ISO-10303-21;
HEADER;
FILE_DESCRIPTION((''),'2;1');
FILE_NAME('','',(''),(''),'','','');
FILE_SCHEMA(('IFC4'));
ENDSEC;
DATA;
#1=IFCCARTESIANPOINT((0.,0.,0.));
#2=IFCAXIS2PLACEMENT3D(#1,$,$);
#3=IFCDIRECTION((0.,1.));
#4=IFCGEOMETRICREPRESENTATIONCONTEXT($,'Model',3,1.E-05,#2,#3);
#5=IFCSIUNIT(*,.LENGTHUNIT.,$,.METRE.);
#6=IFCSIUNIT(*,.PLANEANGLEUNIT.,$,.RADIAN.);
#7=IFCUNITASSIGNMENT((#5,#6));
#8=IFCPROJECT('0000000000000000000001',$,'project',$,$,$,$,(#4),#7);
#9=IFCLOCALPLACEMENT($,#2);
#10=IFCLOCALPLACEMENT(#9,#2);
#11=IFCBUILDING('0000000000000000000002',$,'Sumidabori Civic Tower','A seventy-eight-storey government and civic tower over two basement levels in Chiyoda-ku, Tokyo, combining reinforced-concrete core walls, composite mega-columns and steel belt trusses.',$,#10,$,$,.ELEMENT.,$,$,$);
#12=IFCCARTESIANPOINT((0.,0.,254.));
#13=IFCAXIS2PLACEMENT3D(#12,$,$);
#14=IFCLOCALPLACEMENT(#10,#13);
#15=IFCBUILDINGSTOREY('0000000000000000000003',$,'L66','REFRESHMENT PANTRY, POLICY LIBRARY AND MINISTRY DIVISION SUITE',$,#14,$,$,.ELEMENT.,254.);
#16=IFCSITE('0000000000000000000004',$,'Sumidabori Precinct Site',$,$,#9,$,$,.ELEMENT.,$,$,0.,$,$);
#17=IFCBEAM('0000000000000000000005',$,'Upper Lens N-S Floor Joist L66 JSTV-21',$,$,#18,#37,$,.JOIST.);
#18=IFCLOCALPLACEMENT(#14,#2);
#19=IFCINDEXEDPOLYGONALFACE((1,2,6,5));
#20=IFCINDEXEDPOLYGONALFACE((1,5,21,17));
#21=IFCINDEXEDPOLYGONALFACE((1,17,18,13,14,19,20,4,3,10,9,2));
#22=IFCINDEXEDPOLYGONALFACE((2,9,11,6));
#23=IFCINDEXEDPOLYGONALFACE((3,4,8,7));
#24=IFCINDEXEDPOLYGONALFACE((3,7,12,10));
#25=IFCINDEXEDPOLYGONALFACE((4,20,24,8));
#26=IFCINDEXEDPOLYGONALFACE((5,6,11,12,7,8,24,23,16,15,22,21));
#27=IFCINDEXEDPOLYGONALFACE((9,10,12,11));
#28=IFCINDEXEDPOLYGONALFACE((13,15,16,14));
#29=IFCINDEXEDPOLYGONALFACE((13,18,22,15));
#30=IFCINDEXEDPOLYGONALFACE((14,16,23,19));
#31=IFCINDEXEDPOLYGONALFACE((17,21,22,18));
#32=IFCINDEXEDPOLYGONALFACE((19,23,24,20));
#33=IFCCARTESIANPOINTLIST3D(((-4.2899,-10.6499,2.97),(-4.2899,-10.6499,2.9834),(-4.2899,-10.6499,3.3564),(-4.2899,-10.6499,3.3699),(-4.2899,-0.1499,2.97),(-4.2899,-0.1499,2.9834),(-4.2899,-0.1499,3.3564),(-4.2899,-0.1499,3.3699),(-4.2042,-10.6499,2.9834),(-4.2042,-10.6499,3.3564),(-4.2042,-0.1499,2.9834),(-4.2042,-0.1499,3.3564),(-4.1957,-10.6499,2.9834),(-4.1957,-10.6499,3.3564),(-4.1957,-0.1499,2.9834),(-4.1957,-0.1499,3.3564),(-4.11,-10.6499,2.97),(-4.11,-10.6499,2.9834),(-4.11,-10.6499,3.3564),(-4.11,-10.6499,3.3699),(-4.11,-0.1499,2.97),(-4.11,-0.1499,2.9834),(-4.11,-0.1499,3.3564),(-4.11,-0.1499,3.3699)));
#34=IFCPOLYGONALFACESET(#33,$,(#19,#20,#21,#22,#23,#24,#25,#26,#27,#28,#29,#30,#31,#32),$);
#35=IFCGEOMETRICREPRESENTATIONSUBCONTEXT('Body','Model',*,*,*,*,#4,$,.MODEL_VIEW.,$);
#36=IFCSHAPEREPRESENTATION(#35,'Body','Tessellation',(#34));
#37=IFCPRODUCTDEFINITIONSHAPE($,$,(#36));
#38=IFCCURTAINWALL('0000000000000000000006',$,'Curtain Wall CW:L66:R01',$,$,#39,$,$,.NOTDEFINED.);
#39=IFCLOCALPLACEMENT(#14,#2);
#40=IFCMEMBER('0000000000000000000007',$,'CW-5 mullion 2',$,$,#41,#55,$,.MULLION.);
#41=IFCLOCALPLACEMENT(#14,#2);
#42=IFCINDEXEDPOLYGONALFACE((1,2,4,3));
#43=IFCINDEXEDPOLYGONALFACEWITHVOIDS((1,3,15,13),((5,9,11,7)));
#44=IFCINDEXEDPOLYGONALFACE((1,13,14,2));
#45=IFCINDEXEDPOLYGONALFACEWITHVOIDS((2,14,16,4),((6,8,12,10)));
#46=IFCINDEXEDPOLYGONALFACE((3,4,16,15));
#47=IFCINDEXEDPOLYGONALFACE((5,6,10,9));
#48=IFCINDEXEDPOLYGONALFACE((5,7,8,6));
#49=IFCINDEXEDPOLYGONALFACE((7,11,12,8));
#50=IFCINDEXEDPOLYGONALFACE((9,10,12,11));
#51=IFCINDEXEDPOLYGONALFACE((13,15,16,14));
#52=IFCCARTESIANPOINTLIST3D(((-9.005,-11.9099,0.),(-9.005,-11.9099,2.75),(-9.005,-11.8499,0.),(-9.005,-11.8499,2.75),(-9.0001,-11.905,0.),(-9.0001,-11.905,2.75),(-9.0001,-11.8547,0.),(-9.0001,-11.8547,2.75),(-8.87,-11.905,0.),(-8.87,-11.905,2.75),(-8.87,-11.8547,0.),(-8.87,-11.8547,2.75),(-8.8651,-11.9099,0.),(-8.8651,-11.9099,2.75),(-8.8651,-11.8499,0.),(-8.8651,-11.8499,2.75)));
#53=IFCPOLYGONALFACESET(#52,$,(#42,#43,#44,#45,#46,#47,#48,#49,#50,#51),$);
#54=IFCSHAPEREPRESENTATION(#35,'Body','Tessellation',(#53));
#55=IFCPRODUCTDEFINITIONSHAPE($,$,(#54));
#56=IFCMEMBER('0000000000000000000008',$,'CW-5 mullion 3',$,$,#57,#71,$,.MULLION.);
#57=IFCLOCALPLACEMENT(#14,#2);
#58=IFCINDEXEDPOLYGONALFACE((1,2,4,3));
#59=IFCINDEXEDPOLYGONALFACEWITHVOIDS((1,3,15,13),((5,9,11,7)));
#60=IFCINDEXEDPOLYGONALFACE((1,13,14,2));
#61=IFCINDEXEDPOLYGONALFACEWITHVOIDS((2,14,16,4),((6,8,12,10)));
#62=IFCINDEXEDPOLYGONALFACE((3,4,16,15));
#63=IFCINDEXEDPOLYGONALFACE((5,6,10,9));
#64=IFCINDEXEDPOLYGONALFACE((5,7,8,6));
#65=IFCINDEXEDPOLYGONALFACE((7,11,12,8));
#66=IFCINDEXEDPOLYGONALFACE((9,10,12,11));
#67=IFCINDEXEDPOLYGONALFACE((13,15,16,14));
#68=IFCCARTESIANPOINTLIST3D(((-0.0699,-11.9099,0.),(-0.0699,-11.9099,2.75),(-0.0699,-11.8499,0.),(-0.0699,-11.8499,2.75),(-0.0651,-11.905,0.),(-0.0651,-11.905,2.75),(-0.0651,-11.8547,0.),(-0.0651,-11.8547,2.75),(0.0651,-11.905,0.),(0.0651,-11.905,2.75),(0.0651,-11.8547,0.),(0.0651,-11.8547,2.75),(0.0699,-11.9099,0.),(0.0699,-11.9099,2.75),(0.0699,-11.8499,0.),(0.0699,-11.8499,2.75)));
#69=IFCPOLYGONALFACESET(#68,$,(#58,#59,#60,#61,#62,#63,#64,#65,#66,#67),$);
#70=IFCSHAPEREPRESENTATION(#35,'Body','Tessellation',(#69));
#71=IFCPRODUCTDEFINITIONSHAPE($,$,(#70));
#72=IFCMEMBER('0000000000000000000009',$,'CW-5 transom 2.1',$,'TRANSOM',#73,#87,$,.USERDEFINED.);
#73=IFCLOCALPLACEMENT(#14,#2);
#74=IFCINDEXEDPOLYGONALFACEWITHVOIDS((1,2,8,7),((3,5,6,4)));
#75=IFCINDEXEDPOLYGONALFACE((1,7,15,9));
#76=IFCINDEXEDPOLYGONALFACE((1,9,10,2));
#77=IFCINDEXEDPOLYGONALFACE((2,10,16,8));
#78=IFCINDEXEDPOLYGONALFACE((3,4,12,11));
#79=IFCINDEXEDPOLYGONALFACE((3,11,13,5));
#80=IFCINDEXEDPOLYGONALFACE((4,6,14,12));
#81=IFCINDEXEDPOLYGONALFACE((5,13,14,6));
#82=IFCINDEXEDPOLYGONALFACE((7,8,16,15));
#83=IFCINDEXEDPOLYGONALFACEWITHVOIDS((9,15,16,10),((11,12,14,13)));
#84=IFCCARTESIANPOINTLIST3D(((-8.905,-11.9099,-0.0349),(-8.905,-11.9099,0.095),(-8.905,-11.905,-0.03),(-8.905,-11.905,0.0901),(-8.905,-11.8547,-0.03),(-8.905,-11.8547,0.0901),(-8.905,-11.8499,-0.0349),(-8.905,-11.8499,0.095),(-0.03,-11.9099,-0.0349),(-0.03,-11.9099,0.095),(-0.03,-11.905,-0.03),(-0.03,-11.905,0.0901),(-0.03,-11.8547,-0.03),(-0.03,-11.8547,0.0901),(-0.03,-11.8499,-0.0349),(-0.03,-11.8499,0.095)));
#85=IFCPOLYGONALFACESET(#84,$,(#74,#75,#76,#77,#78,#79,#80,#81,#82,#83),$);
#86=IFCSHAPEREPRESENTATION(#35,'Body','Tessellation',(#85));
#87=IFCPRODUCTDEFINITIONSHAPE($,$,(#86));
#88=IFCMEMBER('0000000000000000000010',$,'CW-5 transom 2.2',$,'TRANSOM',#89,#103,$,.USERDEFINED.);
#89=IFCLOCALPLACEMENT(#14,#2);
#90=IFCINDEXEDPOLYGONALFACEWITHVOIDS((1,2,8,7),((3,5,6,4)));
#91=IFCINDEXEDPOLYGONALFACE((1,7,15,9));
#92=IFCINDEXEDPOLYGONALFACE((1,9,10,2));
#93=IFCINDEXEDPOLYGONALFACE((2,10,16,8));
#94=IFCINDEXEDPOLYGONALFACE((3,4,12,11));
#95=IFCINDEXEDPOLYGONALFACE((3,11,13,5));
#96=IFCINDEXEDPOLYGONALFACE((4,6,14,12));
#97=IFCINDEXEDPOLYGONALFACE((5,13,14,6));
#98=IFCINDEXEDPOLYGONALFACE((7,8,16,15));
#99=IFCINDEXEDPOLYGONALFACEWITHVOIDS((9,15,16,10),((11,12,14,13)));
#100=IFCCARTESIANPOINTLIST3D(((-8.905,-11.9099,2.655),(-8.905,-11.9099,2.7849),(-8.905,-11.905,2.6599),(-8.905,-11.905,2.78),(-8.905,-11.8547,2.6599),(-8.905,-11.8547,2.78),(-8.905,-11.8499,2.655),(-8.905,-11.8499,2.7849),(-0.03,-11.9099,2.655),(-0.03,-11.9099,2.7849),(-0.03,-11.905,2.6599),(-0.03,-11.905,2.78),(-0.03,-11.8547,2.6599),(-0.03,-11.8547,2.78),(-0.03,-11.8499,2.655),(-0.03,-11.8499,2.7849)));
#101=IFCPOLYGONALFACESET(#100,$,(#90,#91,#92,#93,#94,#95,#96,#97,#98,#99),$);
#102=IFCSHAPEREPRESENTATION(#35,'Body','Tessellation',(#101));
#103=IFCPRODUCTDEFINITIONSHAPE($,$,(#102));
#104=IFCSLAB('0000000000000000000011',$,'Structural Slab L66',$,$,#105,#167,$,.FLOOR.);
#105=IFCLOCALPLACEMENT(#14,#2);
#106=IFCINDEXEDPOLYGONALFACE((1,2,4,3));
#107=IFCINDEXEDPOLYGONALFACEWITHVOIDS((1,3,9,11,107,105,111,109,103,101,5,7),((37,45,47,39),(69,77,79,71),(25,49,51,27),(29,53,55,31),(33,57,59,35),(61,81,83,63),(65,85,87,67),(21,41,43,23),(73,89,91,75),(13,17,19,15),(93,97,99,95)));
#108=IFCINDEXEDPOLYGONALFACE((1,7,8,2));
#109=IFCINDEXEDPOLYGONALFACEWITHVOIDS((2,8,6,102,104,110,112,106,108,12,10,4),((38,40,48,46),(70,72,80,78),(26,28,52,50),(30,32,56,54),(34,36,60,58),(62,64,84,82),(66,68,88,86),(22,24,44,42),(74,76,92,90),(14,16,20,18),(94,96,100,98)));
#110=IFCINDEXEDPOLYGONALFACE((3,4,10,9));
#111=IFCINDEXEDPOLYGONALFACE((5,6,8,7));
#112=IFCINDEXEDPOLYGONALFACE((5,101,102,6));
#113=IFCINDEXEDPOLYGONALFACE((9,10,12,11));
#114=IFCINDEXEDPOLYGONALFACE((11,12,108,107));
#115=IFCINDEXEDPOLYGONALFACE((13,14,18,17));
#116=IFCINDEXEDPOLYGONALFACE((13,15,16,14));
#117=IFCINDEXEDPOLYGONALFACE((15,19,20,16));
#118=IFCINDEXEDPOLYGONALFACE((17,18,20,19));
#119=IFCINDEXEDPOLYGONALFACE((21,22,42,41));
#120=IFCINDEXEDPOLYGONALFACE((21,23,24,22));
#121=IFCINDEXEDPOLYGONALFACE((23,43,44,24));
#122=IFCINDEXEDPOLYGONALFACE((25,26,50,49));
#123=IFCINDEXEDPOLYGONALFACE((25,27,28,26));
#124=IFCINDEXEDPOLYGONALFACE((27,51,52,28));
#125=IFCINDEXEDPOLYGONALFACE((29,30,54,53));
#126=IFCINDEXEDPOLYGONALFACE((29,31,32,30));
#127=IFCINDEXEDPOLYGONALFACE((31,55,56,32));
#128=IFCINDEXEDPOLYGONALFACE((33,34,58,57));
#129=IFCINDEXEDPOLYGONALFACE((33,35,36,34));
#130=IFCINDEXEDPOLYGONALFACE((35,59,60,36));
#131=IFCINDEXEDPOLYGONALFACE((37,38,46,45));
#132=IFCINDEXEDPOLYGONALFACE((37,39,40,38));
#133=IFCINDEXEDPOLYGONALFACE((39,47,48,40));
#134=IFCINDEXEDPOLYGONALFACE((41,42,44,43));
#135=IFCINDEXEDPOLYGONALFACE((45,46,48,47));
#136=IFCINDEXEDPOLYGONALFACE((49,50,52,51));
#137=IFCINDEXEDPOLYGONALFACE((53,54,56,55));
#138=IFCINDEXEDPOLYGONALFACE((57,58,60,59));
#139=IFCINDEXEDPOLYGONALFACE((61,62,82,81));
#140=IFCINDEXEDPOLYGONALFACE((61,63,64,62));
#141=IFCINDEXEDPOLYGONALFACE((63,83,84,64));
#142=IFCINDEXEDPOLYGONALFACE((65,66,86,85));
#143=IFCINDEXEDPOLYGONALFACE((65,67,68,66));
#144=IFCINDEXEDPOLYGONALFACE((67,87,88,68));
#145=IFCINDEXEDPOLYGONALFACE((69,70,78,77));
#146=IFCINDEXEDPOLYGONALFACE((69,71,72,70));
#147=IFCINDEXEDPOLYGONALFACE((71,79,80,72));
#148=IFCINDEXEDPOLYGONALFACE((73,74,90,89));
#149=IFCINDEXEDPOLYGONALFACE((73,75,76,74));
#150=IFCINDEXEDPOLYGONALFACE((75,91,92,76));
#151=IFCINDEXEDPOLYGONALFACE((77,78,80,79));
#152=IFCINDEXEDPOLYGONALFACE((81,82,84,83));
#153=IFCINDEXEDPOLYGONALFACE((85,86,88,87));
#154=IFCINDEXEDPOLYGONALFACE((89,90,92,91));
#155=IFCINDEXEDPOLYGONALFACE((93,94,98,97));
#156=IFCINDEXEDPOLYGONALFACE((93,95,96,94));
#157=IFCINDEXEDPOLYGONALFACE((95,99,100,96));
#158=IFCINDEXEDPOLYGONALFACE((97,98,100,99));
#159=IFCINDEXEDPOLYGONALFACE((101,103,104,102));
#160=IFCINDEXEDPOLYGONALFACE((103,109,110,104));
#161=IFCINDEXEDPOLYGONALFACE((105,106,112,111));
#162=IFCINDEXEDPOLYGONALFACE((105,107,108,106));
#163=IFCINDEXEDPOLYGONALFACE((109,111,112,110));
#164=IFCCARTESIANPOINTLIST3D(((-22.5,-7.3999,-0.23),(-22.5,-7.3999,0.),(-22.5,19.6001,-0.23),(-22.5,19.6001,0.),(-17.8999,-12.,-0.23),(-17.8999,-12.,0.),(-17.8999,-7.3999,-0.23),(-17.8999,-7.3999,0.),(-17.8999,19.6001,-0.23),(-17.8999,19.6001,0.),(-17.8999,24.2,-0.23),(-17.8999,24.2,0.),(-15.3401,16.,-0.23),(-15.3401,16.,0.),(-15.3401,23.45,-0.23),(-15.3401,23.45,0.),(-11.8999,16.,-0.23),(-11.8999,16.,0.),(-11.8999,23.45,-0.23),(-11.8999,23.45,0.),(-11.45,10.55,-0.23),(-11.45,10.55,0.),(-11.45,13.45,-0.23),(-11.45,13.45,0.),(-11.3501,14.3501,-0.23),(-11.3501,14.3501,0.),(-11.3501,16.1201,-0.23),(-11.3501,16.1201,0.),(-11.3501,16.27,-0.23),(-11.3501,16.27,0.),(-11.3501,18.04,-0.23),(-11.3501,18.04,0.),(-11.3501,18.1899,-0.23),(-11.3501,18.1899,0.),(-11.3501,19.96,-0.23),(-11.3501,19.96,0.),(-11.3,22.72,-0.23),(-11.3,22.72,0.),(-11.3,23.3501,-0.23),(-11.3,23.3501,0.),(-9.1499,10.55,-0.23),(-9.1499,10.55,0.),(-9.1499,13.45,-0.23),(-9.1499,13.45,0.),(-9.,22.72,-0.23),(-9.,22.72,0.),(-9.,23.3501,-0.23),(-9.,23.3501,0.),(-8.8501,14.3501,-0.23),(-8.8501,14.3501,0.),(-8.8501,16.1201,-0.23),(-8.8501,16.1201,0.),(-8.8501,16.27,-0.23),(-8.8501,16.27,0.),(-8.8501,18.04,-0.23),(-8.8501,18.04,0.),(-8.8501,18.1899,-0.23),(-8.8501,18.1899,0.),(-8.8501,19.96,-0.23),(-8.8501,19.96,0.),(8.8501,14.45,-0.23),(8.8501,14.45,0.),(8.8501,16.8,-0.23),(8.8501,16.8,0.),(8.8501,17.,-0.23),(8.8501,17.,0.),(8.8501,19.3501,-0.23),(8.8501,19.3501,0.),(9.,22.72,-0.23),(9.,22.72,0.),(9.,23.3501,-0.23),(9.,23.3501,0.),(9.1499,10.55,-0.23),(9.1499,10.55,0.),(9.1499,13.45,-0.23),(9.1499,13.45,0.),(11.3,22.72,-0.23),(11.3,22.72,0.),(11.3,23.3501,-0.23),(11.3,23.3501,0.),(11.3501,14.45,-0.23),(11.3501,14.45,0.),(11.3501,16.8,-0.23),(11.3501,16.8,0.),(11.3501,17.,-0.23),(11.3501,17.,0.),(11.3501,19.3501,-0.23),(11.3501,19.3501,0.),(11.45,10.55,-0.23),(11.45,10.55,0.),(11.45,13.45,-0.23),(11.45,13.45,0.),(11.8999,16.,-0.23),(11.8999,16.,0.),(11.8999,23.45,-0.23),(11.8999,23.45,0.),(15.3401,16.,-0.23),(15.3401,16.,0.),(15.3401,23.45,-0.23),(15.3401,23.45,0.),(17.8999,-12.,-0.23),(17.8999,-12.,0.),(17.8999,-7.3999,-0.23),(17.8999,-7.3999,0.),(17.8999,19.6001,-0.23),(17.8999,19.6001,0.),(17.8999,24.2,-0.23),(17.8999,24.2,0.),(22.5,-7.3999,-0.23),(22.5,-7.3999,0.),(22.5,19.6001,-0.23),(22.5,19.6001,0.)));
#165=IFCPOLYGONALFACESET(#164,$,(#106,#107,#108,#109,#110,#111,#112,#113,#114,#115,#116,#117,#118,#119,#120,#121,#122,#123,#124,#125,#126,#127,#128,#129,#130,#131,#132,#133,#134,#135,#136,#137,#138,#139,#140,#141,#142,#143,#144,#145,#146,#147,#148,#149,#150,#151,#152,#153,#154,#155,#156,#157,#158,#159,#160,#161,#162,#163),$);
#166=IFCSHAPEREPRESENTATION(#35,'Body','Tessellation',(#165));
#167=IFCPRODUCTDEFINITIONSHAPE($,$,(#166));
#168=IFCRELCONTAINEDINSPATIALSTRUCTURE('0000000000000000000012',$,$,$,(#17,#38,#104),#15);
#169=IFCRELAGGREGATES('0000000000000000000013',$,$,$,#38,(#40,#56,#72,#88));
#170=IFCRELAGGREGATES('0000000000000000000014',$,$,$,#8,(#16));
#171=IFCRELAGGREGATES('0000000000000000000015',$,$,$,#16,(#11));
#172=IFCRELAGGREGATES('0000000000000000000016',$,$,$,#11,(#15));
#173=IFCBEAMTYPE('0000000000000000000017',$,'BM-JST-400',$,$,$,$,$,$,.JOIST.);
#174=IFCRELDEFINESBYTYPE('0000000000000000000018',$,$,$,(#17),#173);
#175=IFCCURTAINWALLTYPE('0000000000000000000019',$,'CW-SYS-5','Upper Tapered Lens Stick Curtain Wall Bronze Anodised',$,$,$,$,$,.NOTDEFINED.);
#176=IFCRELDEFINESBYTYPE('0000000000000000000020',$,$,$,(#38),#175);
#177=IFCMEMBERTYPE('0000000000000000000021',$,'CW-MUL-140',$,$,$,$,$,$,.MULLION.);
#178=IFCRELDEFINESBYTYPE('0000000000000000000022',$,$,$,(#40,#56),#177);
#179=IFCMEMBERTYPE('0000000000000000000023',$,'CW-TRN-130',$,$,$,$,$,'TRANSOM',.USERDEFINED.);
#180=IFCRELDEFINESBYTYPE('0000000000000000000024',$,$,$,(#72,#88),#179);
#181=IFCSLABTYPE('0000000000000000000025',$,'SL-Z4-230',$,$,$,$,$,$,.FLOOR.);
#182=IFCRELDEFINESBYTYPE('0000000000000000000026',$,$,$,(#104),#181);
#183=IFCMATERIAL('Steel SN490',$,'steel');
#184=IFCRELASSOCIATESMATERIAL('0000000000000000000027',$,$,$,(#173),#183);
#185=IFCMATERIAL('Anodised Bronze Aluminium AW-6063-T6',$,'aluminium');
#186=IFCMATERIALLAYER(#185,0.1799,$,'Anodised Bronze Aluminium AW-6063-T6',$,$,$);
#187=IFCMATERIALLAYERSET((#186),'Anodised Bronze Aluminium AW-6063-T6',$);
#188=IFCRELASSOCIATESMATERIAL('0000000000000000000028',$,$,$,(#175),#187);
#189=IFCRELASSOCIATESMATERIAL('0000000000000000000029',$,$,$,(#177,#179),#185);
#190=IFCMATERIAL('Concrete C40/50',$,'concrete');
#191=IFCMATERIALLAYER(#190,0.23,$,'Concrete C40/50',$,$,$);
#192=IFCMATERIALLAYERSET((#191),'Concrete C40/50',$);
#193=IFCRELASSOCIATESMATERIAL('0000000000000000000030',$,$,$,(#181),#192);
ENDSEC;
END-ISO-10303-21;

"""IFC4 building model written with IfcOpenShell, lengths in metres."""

from ifc_helpers import new_model, si_unit, direction, frame, origin, origin_2d, place, context, subcontext, project, spatial, polyline, hollow_rectangle, i_section, outline, extrude, source, transform, mapped, material, layer, layer_set, material_profile, profile_set, type_object, element, aggregate, save


model = new_model("IFC4")

# Units and contexts
model_context = context("Model", 3, precision=1e-05, world=origin(), true_north=direction((0.0, 1.0)))
body_context = subcontext(model_context, "Body", "Model", "MODEL_VIEW")
ifc_project = project(units=[si_unit("LENGTHUNIT", "METRE"), si_unit("PLANEANGLEUNIT", "RADIAN")], contexts=[model_context])

# Site, building, storey
site_placement = place(None, origin())
site = spatial("IfcSite", under=ifc_project, at=site_placement, Name="Sumidabori Precinct Site", CompositionType="ELEMENT", RefElevation=0.0)
building_placement = place(site_placement, origin())
building = spatial("IfcBuilding", under=site, at=building_placement, Name="Sumidabori Civic Tower", Description="A seventy-eight-storey government and civic tower over two basement levels in Chiyoda-ku, Tokyo, combining reinforced-concrete core walls, composite mega-columns and steel belt trusses.", CompositionType="ELEMENT")
storey_placement = place(building_placement, frame((0.0, 0.0, 254.0)))
storey = spatial("IfcBuildingStorey", under=building, at=storey_placement, Name="L66", Description="REFRESHMENT PANTRY, POLICY LIBRARY AND MINISTRY DIVISION SUITE", CompositionType="ELEMENT", Elevation=254.0)

# Shared definitions
ifc_material_1 = material(Name="Steel SN490", Category="steel")

# Beam
ifc_material_profile_1 = material_profile(ifc_material_1, i_section(OverallWidth=0.1799, OverallDepth=0.3999, WebThickness=0.0085, FlangeThickness=0.0134, at=origin_2d()), Name="IPE 400")
ifc_profile_set_1 = profile_set([ifc_material_profile_1], Name="Steel SN490")
beam_type_1 = type_object("IfcBeamType", Name="BM-JST-400", PredefinedType="JOIST", material=ifc_profile_set_1)
shared_shape_1 = source(origin(), body_context, "Body", "SweptSolid", [
    extrude(i_section(OverallWidth=0.1799, OverallDepth=0.3999, WebThickness=0.0085, FlangeThickness=0.0134, at=origin_2d()), origin(), (0.0, 0.0, 1.0), 10.5),
])
for number, where, z_axis, x_axis, name in (
    (1, (-4.2, -10.6499, 3.1699), (0.0, 1.0, 0.0), (-1.0, 0.0, 0.0), "Upper Lens N-S Floor Joist L66 JSTV-21"),
):
    element("IfcBeam", number, at=place(storey_placement, frame(where, z_axis=z_axis, x_axis=x_axis)), inside=storey, type_object=beam_type_1, Name=name, PredefinedType="JOIST", context=body_context, shape_type="MappedRepresentation", body=[
        mapped(shared_shape_1, transform((0.0, 0.0, 0.0), x_axis=(1.0, 0.0, 0.0), y_axis=(0.0, 1.0, 0.0), z_axis=(0.0, 0.0, 1.0), scale=1.0)),
    ])

# Curtain wall, members
ifc_material_2 = material(Name="Anodised Bronze Aluminium AW-6063-T6", Category="aluminium")
ifc_layer_1 = layer(ifc_material_2, 0.1799, Name="Anodised Bronze Aluminium AW-6063-T6")
ifc_layer_set_1 = layer_set([ifc_layer_1], Name="Anodised Bronze Aluminium AW-6063-T6")
curtain_wall_type = type_object("IfcCurtainWallType", Name="CW-SYS-5", Description="Upper Tapered Lens Stick Curtain Wall Bronze Anodised", PredefinedType="NOTDEFINED", material=ifc_layer_set_1)
curtain_wall_placement = place(storey_placement, origin())
curtain_wall = element("IfcCurtainWall", 2, at=curtain_wall_placement, inside=storey, type_object=curtain_wall_type, Name="Curtain Wall CW:L66:R01", PredefinedType="NOTDEFINED")
ifc_material_profile_2 = material_profile(ifc_material_2, hollow_rectangle(XDim=0.0601, YDim=0.1399, WallThickness=0.0049, at=origin_2d()), Name="ALU MULLION 140x60")
ifc_profile_set_2 = profile_set([ifc_material_profile_2], Name="Anodised Bronze Aluminium AW-6063-T6")
member_type_1 = type_object("IfcMemberType", Name="CW-MUL-140", PredefinedType="MULLION", material=ifc_profile_set_2)
shared_shape_2 = source(origin(), body_context, "Body", "SweptSolid", [
    extrude(hollow_rectangle(XDim=0.0601, YDim=0.1399, WallThickness=0.0049, at=origin_2d()), origin(), (0.0, 0.0, 1.0), 2.75),
])
member_1_placement = place(storey_placement, frame((-8.9351, -11.8799, 0.0), z_axis=(0.0, 0.0, 1.0), x_axis=(0.0, 1.0, 0.0)))
member_1 = element("IfcMember", 3, at=member_1_placement, type_object=member_type_1, Name="CW-5 mullion 2", PredefinedType="MULLION", context=body_context, shape_type="MappedRepresentation", body=[
    mapped(shared_shape_2, transform((0.0, 0.0, 0.0), x_axis=(1.0, 0.0, 0.0), y_axis=(0.0, 1.0, 0.0), z_axis=(0.0, 0.0, 1.0), scale=1.0)),
])
member_2_placement = place(storey_placement, frame((0.0, -11.8799, 0.0), z_axis=(0.0, 0.0, 1.0), x_axis=(0.0, 1.0, 0.0)))
member_2 = element("IfcMember", 4, at=member_2_placement, type_object=member_type_1, Name="CW-5 mullion 3", PredefinedType="MULLION", context=body_context, shape_type="MappedRepresentation", body=[
    mapped(shared_shape_2, transform((0.0, 0.0, 0.0), x_axis=(1.0, 0.0, 0.0), y_axis=(0.0, 1.0, 0.0), z_axis=(0.0, 0.0, 1.0), scale=1.0)),
])
ifc_material_profile_3 = material_profile(ifc_material_2, hollow_rectangle(XDim=0.0601, YDim=0.1299, WallThickness=0.0049, at=origin_2d()), Name="ALU TRANSOM 130x60")
ifc_profile_set_3 = profile_set([ifc_material_profile_3], Name="Anodised Bronze Aluminium AW-6063-T6")
member_type_2 = type_object("IfcMemberType", Name="CW-TRN-130", ElementType="TRANSOM", PredefinedType="USERDEFINED", material=ifc_profile_set_3)
shared_shape_3 = source(origin(), body_context, "Body", "SweptSolid", [
    extrude(hollow_rectangle(XDim=0.0601, YDim=0.1299, WallThickness=0.0049, at=origin_2d()), origin(), (0.0, 0.0, 1.0), 8.875),
])
member_3_placement = place(storey_placement, frame((-8.905, -11.8799, 0.03), z_axis=(1.0, 0.0, 0.0), x_axis=(0.0, 1.0, 0.0)))
member_3 = element("IfcMember", 5, at=member_3_placement, type_object=member_type_2, Name="CW-5 transom 2.1", ObjectType="TRANSOM", PredefinedType="USERDEFINED", context=body_context, shape_type="MappedRepresentation", body=[
    mapped(shared_shape_3, transform((0.0, 0.0, 0.0), x_axis=(1.0, 0.0, 0.0), y_axis=(0.0, 1.0, 0.0), z_axis=(0.0, 0.0, 1.0), scale=1.0)),
])
member_4_placement = place(storey_placement, frame((-8.905, -11.8799, 2.72), z_axis=(1.0, 0.0, 0.0), x_axis=(0.0, 1.0, 0.0)))
member_4 = element("IfcMember", 6, at=member_4_placement, type_object=member_type_2, Name="CW-5 transom 2.2", ObjectType="TRANSOM", PredefinedType="USERDEFINED", context=body_context, shape_type="MappedRepresentation", body=[
    mapped(shared_shape_3, transform((0.0, 0.0, 0.0), x_axis=(1.0, 0.0, 0.0), y_axis=(0.0, 1.0, 0.0), z_axis=(0.0, 0.0, 1.0), scale=1.0)),
])

# Slab
ifc_material_3 = material(Name="Concrete C40/50", Category="concrete")
ifc_layer_2 = layer(ifc_material_3, 0.23, Name="Concrete C40/50")
ifc_layer_set_2 = layer_set([ifc_layer_2], Name="Concrete C40/50")
slab_type = type_object("IfcSlabType", Name="SL-Z4-230", PredefinedType="FLOOR", material=ifc_layer_set_2)
slab_placement = place(storey_placement, frame((0.0, 0.0, -0.23)))
element("IfcSlab", 7, at=slab_placement, inside=storey, type_object=slab_type, Name="Structural Slab L66", PredefinedType="FLOOR", context=body_context, shape_type="SweptSolid", body=[
    extrude(outline(polyline([(-17.8999, -12.0), (17.8999, -12.0), (17.8999, -7.3999), (22.5, -7.3999), (22.5, 19.6001), (17.8999, 19.6001), (17.8999, 24.2), (-17.8999, 24.2), (-17.8999, 19.6001), (-22.5, 19.6001), (-22.5, -7.3999), (-17.8999, -7.3999), (-17.8999, -12.0)]), holes=[polyline([(-11.8999, 16.0), (-11.8999, 23.45), (-15.3401, 23.45), (-15.3401, 16.0), (-11.8999, 16.0)]), polyline([(15.3401, 16.0), (15.3401, 23.45), (11.8999, 23.45), (11.8999, 16.0), (15.3401, 16.0)]), polyline([(-11.45, 10.55), (-9.1499, 10.55), (-9.1499, 13.45), (-11.45, 13.45), (-11.45, 10.55)]), polyline([(9.1499, 10.55), (11.45, 10.55), (11.45, 13.45), (9.1499, 13.45), (9.1499, 10.55)]), polyline([(-11.3501, 14.3501), (-8.8501, 14.3501), (-8.8501, 16.1201), (-11.3501, 16.1201), (-11.3501, 14.3501)]), polyline([(-11.3501, 16.27), (-8.8501, 16.27), (-8.8501, 18.04), (-11.3501, 18.04), (-11.3501, 16.27)]), polyline([(-11.3501, 18.1899), (-8.8501, 18.1899), (-8.8501, 19.96), (-11.3501, 19.96), (-11.3501, 18.1899)]), polyline([(8.8501, 14.45), (11.3501, 14.45), (11.3501, 16.8), (8.8501, 16.8), (8.8501, 14.45)]), polyline([(8.8501, 17.0), (11.3501, 17.0), (11.3501, 19.3501), (8.8501, 19.3501), (8.8501, 17.0)]), polyline([(-11.3, 22.72), (-9.0, 22.72), (-9.0, 23.3501), (-11.3, 23.3501), (-11.3, 22.72)]), polyline([(9.0, 22.72), (11.3, 22.72), (11.3, 23.3501), (9.0, 23.3501), (9.0, 22.72)])]), origin(), (0.0, 0.0, 1.0), 0.23),
])

aggregate(curtain_wall, [member_1, member_2, member_3, member_4])

save(model, "model.ifc")
